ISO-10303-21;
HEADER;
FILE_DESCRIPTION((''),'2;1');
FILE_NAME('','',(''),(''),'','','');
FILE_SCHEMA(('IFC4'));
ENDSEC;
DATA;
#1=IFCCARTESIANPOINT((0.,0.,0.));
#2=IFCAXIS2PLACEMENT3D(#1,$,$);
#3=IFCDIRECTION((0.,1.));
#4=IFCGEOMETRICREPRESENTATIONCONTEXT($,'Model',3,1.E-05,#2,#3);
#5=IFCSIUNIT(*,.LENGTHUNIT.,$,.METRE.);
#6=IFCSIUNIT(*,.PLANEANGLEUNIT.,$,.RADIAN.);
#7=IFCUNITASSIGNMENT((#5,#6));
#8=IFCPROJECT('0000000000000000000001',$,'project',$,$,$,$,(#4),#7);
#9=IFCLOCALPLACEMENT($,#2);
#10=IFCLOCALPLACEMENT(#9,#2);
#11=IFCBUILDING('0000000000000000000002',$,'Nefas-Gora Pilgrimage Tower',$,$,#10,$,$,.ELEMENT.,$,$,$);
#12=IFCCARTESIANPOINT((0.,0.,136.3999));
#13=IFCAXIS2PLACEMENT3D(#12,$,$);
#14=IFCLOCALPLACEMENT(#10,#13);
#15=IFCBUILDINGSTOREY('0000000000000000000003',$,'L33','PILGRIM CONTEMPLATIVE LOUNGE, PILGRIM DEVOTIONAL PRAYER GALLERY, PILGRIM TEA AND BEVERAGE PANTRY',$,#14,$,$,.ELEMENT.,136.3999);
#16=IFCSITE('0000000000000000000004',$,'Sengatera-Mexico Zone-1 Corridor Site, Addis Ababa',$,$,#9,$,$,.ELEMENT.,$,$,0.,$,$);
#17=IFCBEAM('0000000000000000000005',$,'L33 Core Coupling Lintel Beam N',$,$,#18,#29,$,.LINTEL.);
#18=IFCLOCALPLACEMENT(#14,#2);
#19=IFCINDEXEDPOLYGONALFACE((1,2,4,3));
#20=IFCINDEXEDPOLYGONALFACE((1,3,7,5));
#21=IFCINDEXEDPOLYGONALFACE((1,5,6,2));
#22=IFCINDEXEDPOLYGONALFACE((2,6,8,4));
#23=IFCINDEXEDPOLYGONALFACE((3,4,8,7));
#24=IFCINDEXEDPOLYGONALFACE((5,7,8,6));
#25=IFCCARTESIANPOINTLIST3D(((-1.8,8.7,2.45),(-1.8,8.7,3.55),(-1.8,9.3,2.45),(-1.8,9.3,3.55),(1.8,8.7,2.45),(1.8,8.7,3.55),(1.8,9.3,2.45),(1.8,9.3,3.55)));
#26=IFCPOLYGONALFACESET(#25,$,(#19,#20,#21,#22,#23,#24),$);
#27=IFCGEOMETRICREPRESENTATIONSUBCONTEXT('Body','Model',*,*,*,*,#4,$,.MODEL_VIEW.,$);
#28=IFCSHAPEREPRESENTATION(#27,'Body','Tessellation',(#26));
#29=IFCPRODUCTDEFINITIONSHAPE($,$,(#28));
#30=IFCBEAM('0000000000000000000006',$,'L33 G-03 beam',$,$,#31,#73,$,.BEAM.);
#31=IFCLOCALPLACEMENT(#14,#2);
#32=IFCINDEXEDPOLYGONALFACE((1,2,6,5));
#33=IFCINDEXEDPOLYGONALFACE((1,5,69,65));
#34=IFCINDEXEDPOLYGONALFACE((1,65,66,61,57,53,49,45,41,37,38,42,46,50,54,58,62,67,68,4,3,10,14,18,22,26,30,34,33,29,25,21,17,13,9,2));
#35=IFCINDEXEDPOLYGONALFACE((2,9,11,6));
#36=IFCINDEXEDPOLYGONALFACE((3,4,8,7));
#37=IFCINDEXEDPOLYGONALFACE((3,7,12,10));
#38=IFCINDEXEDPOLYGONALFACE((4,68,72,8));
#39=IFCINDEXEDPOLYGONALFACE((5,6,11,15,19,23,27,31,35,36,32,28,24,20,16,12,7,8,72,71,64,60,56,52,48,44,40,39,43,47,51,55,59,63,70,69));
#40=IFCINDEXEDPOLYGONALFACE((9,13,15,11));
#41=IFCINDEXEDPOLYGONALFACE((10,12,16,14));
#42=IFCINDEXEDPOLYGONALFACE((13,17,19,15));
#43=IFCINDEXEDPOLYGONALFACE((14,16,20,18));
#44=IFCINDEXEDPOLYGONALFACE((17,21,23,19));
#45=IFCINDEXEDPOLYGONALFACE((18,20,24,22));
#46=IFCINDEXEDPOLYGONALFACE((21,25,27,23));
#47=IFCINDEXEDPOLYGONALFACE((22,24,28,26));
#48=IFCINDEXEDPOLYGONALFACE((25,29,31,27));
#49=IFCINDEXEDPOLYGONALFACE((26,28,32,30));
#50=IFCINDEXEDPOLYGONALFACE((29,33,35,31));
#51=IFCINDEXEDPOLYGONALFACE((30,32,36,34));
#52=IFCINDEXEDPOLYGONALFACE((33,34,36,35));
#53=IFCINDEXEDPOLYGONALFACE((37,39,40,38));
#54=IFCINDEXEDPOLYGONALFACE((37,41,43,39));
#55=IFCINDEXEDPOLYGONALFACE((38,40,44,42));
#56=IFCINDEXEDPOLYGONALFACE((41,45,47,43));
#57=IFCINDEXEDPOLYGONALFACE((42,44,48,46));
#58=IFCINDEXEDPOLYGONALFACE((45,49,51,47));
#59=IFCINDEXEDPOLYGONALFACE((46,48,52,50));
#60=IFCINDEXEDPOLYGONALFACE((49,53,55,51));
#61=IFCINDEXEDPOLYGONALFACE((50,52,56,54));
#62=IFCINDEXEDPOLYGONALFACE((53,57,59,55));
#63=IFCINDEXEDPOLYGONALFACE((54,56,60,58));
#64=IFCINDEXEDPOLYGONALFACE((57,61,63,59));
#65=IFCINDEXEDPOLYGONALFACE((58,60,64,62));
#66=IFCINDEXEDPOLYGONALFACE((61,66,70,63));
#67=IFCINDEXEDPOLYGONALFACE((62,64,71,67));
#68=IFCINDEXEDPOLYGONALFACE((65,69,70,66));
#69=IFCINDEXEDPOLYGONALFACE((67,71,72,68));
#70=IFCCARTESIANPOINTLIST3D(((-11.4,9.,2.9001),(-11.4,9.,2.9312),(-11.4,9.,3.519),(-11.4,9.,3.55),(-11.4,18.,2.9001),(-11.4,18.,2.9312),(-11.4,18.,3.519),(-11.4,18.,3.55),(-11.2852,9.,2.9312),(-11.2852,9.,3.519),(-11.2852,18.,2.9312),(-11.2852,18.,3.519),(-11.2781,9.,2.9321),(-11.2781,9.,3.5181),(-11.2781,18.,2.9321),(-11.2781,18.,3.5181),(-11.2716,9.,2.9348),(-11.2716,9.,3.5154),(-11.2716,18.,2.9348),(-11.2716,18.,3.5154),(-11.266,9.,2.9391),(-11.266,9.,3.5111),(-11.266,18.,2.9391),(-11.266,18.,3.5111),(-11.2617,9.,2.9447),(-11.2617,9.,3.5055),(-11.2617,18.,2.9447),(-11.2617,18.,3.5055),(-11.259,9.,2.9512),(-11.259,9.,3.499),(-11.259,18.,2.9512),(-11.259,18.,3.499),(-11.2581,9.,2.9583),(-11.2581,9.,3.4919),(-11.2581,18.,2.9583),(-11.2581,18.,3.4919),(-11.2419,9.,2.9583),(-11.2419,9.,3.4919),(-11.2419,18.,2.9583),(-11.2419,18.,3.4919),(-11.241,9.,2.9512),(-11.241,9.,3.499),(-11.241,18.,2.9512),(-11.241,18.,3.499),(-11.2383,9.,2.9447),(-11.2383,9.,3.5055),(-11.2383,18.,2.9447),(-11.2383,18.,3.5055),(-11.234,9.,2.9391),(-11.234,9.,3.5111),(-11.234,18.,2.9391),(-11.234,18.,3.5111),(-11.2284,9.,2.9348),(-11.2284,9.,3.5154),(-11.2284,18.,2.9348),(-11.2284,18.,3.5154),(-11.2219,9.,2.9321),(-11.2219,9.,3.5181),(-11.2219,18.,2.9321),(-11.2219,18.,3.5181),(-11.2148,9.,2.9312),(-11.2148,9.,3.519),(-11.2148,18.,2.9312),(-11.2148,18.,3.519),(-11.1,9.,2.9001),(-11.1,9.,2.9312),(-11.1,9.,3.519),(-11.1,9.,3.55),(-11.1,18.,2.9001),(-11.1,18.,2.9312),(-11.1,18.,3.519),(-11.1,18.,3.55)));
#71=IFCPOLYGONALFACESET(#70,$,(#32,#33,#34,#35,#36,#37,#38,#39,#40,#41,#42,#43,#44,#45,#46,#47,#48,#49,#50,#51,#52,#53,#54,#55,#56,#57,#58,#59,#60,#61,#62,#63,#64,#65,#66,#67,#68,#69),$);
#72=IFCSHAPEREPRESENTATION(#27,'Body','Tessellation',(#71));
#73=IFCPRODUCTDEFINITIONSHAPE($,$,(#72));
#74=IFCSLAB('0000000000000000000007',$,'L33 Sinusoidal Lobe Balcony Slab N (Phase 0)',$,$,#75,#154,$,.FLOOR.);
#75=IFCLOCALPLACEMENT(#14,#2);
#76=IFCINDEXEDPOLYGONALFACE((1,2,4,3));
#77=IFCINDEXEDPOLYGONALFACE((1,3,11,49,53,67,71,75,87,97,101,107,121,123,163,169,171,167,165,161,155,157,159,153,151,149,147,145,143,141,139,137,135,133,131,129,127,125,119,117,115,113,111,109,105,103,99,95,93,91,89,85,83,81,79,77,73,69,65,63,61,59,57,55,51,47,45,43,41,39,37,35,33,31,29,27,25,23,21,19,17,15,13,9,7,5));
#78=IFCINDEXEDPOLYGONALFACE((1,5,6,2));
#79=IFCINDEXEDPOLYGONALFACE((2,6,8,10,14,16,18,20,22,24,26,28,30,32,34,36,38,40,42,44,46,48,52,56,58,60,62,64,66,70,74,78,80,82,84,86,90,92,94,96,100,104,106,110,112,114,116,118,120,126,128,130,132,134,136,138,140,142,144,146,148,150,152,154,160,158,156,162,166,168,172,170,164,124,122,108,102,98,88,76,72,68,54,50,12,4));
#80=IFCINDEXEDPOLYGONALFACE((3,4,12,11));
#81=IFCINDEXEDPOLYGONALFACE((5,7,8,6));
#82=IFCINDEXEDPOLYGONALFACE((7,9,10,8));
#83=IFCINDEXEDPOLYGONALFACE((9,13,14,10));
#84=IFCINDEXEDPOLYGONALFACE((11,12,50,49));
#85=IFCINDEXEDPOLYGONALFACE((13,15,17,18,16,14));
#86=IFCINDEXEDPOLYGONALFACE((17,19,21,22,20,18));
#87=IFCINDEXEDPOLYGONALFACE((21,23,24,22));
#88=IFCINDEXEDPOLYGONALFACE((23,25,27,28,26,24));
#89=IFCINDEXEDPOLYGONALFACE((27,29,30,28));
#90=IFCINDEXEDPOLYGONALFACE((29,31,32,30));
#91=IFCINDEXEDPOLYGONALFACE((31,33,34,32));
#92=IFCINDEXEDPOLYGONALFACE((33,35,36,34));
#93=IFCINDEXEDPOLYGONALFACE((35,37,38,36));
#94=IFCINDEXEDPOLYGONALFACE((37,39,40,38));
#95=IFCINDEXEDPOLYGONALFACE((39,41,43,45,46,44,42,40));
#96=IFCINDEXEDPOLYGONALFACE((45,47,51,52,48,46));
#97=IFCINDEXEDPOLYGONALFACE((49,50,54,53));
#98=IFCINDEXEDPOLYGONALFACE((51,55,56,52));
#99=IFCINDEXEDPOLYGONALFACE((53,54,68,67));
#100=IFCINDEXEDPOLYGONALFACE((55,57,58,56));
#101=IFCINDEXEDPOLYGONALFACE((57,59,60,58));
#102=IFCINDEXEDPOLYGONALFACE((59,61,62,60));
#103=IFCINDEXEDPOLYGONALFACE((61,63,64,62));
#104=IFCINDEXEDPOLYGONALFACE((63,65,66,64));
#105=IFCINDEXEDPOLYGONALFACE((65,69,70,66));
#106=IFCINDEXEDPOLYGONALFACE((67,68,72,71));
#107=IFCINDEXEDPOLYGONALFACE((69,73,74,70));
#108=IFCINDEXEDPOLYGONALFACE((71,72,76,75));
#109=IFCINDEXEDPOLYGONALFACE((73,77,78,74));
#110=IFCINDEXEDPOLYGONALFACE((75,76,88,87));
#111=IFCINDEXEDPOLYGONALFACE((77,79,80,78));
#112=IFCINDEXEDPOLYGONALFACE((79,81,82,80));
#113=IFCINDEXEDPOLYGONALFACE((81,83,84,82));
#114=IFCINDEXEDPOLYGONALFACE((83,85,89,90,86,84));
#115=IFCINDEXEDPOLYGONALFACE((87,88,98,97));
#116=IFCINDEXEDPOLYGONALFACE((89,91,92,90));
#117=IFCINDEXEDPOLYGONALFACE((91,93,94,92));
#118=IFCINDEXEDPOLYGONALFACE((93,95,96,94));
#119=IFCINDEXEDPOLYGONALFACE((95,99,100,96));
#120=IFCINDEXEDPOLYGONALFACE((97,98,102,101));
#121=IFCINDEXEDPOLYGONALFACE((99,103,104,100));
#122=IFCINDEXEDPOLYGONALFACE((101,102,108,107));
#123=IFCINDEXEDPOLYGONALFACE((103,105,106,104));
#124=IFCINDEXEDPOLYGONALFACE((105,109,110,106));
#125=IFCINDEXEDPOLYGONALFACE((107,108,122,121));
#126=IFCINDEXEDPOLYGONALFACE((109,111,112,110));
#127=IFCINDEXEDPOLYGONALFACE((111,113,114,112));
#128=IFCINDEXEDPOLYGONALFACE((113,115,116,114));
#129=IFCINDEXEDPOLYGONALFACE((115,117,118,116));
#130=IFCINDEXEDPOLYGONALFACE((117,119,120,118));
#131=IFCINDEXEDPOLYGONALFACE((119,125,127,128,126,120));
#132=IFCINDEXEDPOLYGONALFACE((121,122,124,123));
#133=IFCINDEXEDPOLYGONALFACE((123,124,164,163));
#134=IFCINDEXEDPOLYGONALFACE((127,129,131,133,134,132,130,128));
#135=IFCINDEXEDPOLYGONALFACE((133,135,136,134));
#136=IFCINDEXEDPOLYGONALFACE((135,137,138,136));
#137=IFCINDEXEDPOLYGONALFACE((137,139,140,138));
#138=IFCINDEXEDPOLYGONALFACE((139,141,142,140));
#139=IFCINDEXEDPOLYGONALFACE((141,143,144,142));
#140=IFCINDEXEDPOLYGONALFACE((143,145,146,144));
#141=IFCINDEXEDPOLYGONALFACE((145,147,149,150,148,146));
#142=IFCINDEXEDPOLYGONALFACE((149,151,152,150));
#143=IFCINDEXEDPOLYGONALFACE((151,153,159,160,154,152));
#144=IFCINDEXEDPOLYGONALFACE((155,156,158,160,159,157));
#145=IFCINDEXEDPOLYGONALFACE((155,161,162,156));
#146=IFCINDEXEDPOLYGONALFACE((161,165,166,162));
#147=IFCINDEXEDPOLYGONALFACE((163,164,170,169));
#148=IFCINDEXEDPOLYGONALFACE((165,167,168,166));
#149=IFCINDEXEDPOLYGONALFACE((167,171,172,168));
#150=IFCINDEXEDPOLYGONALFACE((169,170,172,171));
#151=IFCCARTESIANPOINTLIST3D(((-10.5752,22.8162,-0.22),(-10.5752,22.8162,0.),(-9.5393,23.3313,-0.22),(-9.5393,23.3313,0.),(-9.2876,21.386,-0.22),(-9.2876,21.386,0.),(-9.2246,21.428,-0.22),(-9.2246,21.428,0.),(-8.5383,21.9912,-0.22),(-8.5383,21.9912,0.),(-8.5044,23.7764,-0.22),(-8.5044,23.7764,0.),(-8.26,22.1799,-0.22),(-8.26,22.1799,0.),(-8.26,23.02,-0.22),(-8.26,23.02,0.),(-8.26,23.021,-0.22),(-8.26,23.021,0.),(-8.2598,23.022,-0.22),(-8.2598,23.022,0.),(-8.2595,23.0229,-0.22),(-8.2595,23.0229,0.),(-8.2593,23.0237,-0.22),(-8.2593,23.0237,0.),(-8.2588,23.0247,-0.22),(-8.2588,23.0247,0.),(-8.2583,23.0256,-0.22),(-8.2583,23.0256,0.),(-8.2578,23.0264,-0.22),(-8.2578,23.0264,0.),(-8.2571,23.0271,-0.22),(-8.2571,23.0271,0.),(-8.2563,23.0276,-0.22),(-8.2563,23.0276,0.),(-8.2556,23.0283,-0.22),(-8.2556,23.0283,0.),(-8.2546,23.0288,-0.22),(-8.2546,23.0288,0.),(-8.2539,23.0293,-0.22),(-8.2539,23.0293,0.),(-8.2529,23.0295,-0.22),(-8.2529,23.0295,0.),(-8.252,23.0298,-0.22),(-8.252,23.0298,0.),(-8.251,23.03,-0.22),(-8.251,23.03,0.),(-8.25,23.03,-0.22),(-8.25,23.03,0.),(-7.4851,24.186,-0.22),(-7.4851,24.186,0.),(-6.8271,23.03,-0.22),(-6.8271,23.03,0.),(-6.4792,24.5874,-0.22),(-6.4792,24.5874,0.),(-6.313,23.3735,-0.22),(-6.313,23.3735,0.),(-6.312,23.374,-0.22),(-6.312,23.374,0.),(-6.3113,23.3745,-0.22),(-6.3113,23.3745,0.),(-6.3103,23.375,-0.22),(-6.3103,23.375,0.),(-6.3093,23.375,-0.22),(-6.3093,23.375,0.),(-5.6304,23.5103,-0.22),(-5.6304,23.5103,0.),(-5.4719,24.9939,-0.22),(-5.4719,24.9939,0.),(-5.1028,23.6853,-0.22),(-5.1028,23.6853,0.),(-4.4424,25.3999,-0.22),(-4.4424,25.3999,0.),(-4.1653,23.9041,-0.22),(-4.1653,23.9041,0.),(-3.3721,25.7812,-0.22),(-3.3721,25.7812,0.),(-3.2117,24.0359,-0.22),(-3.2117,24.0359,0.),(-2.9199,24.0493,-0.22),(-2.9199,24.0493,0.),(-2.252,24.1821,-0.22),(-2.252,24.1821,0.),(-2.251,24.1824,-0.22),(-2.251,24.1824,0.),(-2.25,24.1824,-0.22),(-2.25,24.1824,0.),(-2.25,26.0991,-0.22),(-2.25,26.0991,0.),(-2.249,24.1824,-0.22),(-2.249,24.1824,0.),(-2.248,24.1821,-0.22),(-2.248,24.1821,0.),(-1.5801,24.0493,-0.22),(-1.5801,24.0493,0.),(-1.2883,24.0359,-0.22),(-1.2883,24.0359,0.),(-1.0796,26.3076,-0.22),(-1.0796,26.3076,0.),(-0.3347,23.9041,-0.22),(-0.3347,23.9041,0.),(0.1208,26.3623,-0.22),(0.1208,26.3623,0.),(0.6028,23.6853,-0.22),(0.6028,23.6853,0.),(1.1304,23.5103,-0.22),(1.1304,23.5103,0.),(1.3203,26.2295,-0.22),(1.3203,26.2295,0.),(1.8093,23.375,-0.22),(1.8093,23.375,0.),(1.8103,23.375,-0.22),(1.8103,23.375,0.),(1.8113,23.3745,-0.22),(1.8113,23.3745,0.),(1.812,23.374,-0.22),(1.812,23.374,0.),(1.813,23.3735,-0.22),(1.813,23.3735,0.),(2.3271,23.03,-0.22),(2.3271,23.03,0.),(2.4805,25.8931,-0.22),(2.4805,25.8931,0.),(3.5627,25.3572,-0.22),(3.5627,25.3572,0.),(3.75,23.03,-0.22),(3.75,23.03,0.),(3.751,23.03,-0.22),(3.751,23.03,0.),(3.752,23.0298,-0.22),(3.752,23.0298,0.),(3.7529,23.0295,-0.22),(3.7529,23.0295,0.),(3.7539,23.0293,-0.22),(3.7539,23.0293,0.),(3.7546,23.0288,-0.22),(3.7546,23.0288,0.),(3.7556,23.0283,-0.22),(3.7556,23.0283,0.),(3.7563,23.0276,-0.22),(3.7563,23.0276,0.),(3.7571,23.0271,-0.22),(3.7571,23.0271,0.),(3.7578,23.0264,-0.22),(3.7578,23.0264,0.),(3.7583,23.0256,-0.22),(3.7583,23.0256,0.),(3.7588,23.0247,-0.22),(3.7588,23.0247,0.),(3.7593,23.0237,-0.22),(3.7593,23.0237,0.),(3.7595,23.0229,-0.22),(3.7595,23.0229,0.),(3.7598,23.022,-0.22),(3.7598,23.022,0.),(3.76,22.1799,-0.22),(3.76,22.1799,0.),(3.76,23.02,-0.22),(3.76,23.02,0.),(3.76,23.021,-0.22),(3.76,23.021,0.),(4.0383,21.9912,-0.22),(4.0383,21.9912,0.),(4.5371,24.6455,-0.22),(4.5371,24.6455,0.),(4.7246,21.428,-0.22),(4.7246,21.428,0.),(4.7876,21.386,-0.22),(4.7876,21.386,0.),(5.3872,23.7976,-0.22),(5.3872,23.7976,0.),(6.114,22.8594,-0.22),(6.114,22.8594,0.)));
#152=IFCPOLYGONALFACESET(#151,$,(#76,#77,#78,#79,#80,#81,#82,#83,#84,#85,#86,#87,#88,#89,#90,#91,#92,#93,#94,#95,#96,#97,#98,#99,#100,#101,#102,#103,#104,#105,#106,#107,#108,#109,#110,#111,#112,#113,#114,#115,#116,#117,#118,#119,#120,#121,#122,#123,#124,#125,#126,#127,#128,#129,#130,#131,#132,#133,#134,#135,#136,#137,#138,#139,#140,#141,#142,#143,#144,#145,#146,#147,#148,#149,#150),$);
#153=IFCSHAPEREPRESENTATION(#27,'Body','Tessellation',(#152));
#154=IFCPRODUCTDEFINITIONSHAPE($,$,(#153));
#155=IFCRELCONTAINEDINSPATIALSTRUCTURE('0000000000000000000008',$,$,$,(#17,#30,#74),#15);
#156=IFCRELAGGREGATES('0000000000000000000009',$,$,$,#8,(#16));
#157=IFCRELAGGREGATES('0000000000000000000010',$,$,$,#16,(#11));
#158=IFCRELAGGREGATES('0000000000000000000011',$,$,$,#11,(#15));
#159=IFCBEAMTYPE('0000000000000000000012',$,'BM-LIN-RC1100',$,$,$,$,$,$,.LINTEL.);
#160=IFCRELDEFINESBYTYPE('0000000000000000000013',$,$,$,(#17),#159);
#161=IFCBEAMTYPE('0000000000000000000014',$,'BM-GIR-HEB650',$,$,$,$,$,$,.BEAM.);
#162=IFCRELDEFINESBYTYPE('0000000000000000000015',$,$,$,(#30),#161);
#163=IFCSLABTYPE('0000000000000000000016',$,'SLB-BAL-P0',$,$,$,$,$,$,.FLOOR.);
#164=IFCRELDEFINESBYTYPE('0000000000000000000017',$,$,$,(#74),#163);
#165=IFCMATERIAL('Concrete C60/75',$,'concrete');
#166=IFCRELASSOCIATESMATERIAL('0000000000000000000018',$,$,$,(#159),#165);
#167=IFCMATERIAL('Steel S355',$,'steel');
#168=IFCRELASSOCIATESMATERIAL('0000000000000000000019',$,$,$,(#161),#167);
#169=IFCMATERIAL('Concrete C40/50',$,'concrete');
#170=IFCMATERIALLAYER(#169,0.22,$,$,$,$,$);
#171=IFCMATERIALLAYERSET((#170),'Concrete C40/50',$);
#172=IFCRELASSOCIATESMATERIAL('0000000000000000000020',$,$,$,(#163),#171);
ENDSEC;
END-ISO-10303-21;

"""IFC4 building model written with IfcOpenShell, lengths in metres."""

from ifc_helpers import new_model, si_unit, direction, frame, origin, origin_2d, place, context, subcontext, project, spatial, polyline, rectangle, i_section, outline, extrude, source, transform, mapped, material, layer, layer_set, material_profile, profile_set, type_object, element, save


model = new_model("IFC4")

# Units and contexts
model_context = context("Model", 3, precision=1e-05, world=origin(), true_north=direction((0.0, 1.0)))
body_context = subcontext(model_context, "Body", "Model", "MODEL_VIEW")
ifc_project = project(units=[si_unit("LENGTHUNIT", "METRE"), si_unit("PLANEANGLEUNIT", "RADIAN")], contexts=[model_context])

# Site, building, storey
site_placement = place(None, origin())
site = spatial("IfcSite", under=ifc_project, at=site_placement, Name="Sengatera-Mexico Zone-1 Corridor Site, Addis Ababa", CompositionType="ELEMENT", RefElevation=0.0)
building_placement = place(site_placement, origin())
building = spatial("IfcBuilding", under=site, at=building_placement, Name="Nefas-Gora Pilgrimage Tower", CompositionType="ELEMENT")
storey_placement = place(building_placement, frame((0.0, 0.0, 136.3999)))
storey = spatial("IfcBuildingStorey", under=building, at=storey_placement, Name="L33", Description="PILGRIM CONTEMPLATIVE LOUNGE, PILGRIM DEVOTIONAL PRAYER GALLERY, PILGRIM TEA AND BEVERAGE PANTRY", CompositionType="ELEMENT", Elevation=136.3999)

# Beams
ifc_material_1 = material(Name="Concrete C60/75", Category="concrete")
ifc_material_profile_1 = material_profile(ifc_material_1, rectangle(XDim=0.6001, YDim=1.1001, at=origin_2d()), Name="RC 600x1100")
ifc_profile_set_1 = profile_set([ifc_material_profile_1], Name="Concrete C60/75")
beam_type_1 = type_object("IfcBeamType", Name="BM-LIN-RC1100", PredefinedType="LINTEL", material=ifc_profile_set_1)
shared_shape_1 = source(origin(), body_context, "Body", "SweptSolid", [
    extrude(rectangle(XDim=0.6001, YDim=1.1001, at=origin_2d()), origin(), (0.0, 0.0, 1.0), 3.6001),
])
beam_1_placement = place(storey_placement, frame((-1.8, 9.0, 3.0), z_axis=(1.0, 0.0, 0.0), x_axis=(0.0, 1.0, 0.0)))
element("IfcBeam", 1, at=beam_1_placement, inside=storey, type_object=beam_type_1, Name="L33 Core Coupling Lintel Beam N", PredefinedType="LINTEL", context=body_context, shape_type="MappedRepresentation", body=[
    mapped(shared_shape_1, transform((0.0, 0.0, 0.0), x_axis=(1.0, 0.0, 0.0), y_axis=(0.0, 1.0, 0.0), z_axis=(0.0, 0.0, 1.0), scale=1.0)),
])
ifc_material_2 = material(Name="Steel S355", Category="steel")
ifc_material_profile_2 = material_profile(ifc_material_2, i_section(OverallWidth=0.3, OverallDepth=0.6499, WebThickness=0.0161, FlangeThickness=0.031, FilletRadius=0.0271, at=origin_2d()), Name="HEB 650")
ifc_profile_set_2 = profile_set([ifc_material_profile_2], Name="Steel S355")
beam_type_2 = type_object("IfcBeamType", Name="BM-GIR-HEB650", PredefinedType="BEAM", material=ifc_profile_set_2)
shared_shape_2 = source(origin(), body_context, "Body", "SweptSolid", [
    extrude(i_section(OverallWidth=0.3, OverallDepth=0.6499, WebThickness=0.0161, FlangeThickness=0.031, FilletRadius=0.0271, at=origin_2d()), origin(), (0.0, 0.0, 1.0), 9.0),
])
beam_2_placement = place(storey_placement, frame((-11.25, 9.0, 3.2251), z_axis=(0.0, 1.0, 0.0), x_axis=(-1.0, 0.0, 0.0)))
element("IfcBeam", 2, at=beam_2_placement, inside=storey, type_object=beam_type_2, Name="L33 G-03 beam", PredefinedType="BEAM", context=body_context, shape_type="MappedRepresentation", body=[
    mapped(shared_shape_2, transform((0.0, 0.0, 0.0), x_axis=(1.0, 0.0, 0.0), y_axis=(0.0, 1.0, 0.0), z_axis=(0.0, 0.0, 1.0), scale=1.0)),
])

# Slab
ifc_material_3 = material(Name="Concrete C40/50", Category="concrete")
ifc_layer_1 = layer(ifc_material_3, 0.22)
ifc_layer_set_1 = layer_set([ifc_layer_1], Name="Concrete C40/50")
slab_type_1 = type_object("IfcSlabType", Name="SLB-BAL-P0", PredefinedType="FLOOR", material=ifc_layer_set_1)
slab_1_placement = place(storey_placement, frame((0.0, 0.0, -0.22)))
element("IfcSlab", 3, at=slab_1_placement, inside=storey, type_object=slab_type_1, Name="L33 Sinusoidal Lobe Balcony Slab N (Phase 0)", PredefinedType="FLOOR", context=body_context, shape_type="SweptSolid", body=[
    extrude(outline(polyline([(-9.2876, 21.386), (-9.2246, 21.428), (-8.5383, 21.9912), (-8.26, 22.1799), (-8.26, 23.02), (-8.26, 23.021), (-8.2598, 23.022), (-8.2595, 23.0229), (-8.2593, 23.0237), (-8.2588, 23.0247), (-8.2583, 23.0256), (-8.2578, 23.0264), (-8.2571, 23.0271), (-8.2563, 23.0276), (-8.2556, 23.0283), (-8.2546, 23.0288), (-8.2539, 23.0293), (-8.2529, 23.0295), (-8.252, 23.0298), (-8.251, 23.03), (-8.25, 23.03), (-6.8271, 23.03), (-6.313, 23.3735), (-6.312, 23.374), (-6.3113, 23.3745), (-6.3103, 23.375), (-6.3093, 23.375), (-5.6304, 23.5103), (-5.1028, 23.6853), (-4.1653, 23.9041), (-3.2117, 24.0359), (-2.9199, 24.0493), (-2.252, 24.1821), (-2.251, 24.1824), (-2.25, 24.1824), (-2.249, 24.1824), (-2.248, 24.1821), (-1.5801, 24.0493), (-1.2883, 24.0359), (-0.3347, 23.9041), (0.6028, 23.6853), (1.1304, 23.5103), (1.8093, 23.375), (1.8103, 23.375), (1.8113, 23.3745), (1.812, 23.374), (1.813, 23.3735), (2.3271, 23.03), (3.75, 23.03), (3.751, 23.03), (3.752, 23.0298), (3.7529, 23.0295), (3.7539, 23.0293), (3.7546, 23.0288), (3.7556, 23.0283), (3.7563, 23.0276), (3.7571, 23.0271), (3.7578, 23.0264), (3.7583, 23.0256), (3.7588, 23.0247), (3.7593, 23.0237), (3.7595, 23.0229), (3.7598, 23.022), (3.76, 23.021), (3.76, 23.02), (3.76, 22.1799), (4.0383, 21.9912), (4.7246, 21.428), (4.7876, 21.386), (6.114, 22.8594), (5.3872, 23.7976), (4.5371, 24.6455), (3.5627, 25.3572), (2.4805, 25.8931), (1.3203, 26.2295), (0.1208, 26.3623), (-1.0796, 26.3076), (-2.25, 26.0991), (-3.3721, 25.7812), (-4.4424, 25.3999), (-5.4719, 24.9939), (-6.4792, 24.5874), (-7.4851, 24.186), (-8.5044, 23.7764), (-9.5393, 23.3313), (-10.5752, 22.8162), (-9.2876, 21.386)])), origin(), (0.0, 0.0, 1.0), 0.22),
])

save(model, "model.ifc")
